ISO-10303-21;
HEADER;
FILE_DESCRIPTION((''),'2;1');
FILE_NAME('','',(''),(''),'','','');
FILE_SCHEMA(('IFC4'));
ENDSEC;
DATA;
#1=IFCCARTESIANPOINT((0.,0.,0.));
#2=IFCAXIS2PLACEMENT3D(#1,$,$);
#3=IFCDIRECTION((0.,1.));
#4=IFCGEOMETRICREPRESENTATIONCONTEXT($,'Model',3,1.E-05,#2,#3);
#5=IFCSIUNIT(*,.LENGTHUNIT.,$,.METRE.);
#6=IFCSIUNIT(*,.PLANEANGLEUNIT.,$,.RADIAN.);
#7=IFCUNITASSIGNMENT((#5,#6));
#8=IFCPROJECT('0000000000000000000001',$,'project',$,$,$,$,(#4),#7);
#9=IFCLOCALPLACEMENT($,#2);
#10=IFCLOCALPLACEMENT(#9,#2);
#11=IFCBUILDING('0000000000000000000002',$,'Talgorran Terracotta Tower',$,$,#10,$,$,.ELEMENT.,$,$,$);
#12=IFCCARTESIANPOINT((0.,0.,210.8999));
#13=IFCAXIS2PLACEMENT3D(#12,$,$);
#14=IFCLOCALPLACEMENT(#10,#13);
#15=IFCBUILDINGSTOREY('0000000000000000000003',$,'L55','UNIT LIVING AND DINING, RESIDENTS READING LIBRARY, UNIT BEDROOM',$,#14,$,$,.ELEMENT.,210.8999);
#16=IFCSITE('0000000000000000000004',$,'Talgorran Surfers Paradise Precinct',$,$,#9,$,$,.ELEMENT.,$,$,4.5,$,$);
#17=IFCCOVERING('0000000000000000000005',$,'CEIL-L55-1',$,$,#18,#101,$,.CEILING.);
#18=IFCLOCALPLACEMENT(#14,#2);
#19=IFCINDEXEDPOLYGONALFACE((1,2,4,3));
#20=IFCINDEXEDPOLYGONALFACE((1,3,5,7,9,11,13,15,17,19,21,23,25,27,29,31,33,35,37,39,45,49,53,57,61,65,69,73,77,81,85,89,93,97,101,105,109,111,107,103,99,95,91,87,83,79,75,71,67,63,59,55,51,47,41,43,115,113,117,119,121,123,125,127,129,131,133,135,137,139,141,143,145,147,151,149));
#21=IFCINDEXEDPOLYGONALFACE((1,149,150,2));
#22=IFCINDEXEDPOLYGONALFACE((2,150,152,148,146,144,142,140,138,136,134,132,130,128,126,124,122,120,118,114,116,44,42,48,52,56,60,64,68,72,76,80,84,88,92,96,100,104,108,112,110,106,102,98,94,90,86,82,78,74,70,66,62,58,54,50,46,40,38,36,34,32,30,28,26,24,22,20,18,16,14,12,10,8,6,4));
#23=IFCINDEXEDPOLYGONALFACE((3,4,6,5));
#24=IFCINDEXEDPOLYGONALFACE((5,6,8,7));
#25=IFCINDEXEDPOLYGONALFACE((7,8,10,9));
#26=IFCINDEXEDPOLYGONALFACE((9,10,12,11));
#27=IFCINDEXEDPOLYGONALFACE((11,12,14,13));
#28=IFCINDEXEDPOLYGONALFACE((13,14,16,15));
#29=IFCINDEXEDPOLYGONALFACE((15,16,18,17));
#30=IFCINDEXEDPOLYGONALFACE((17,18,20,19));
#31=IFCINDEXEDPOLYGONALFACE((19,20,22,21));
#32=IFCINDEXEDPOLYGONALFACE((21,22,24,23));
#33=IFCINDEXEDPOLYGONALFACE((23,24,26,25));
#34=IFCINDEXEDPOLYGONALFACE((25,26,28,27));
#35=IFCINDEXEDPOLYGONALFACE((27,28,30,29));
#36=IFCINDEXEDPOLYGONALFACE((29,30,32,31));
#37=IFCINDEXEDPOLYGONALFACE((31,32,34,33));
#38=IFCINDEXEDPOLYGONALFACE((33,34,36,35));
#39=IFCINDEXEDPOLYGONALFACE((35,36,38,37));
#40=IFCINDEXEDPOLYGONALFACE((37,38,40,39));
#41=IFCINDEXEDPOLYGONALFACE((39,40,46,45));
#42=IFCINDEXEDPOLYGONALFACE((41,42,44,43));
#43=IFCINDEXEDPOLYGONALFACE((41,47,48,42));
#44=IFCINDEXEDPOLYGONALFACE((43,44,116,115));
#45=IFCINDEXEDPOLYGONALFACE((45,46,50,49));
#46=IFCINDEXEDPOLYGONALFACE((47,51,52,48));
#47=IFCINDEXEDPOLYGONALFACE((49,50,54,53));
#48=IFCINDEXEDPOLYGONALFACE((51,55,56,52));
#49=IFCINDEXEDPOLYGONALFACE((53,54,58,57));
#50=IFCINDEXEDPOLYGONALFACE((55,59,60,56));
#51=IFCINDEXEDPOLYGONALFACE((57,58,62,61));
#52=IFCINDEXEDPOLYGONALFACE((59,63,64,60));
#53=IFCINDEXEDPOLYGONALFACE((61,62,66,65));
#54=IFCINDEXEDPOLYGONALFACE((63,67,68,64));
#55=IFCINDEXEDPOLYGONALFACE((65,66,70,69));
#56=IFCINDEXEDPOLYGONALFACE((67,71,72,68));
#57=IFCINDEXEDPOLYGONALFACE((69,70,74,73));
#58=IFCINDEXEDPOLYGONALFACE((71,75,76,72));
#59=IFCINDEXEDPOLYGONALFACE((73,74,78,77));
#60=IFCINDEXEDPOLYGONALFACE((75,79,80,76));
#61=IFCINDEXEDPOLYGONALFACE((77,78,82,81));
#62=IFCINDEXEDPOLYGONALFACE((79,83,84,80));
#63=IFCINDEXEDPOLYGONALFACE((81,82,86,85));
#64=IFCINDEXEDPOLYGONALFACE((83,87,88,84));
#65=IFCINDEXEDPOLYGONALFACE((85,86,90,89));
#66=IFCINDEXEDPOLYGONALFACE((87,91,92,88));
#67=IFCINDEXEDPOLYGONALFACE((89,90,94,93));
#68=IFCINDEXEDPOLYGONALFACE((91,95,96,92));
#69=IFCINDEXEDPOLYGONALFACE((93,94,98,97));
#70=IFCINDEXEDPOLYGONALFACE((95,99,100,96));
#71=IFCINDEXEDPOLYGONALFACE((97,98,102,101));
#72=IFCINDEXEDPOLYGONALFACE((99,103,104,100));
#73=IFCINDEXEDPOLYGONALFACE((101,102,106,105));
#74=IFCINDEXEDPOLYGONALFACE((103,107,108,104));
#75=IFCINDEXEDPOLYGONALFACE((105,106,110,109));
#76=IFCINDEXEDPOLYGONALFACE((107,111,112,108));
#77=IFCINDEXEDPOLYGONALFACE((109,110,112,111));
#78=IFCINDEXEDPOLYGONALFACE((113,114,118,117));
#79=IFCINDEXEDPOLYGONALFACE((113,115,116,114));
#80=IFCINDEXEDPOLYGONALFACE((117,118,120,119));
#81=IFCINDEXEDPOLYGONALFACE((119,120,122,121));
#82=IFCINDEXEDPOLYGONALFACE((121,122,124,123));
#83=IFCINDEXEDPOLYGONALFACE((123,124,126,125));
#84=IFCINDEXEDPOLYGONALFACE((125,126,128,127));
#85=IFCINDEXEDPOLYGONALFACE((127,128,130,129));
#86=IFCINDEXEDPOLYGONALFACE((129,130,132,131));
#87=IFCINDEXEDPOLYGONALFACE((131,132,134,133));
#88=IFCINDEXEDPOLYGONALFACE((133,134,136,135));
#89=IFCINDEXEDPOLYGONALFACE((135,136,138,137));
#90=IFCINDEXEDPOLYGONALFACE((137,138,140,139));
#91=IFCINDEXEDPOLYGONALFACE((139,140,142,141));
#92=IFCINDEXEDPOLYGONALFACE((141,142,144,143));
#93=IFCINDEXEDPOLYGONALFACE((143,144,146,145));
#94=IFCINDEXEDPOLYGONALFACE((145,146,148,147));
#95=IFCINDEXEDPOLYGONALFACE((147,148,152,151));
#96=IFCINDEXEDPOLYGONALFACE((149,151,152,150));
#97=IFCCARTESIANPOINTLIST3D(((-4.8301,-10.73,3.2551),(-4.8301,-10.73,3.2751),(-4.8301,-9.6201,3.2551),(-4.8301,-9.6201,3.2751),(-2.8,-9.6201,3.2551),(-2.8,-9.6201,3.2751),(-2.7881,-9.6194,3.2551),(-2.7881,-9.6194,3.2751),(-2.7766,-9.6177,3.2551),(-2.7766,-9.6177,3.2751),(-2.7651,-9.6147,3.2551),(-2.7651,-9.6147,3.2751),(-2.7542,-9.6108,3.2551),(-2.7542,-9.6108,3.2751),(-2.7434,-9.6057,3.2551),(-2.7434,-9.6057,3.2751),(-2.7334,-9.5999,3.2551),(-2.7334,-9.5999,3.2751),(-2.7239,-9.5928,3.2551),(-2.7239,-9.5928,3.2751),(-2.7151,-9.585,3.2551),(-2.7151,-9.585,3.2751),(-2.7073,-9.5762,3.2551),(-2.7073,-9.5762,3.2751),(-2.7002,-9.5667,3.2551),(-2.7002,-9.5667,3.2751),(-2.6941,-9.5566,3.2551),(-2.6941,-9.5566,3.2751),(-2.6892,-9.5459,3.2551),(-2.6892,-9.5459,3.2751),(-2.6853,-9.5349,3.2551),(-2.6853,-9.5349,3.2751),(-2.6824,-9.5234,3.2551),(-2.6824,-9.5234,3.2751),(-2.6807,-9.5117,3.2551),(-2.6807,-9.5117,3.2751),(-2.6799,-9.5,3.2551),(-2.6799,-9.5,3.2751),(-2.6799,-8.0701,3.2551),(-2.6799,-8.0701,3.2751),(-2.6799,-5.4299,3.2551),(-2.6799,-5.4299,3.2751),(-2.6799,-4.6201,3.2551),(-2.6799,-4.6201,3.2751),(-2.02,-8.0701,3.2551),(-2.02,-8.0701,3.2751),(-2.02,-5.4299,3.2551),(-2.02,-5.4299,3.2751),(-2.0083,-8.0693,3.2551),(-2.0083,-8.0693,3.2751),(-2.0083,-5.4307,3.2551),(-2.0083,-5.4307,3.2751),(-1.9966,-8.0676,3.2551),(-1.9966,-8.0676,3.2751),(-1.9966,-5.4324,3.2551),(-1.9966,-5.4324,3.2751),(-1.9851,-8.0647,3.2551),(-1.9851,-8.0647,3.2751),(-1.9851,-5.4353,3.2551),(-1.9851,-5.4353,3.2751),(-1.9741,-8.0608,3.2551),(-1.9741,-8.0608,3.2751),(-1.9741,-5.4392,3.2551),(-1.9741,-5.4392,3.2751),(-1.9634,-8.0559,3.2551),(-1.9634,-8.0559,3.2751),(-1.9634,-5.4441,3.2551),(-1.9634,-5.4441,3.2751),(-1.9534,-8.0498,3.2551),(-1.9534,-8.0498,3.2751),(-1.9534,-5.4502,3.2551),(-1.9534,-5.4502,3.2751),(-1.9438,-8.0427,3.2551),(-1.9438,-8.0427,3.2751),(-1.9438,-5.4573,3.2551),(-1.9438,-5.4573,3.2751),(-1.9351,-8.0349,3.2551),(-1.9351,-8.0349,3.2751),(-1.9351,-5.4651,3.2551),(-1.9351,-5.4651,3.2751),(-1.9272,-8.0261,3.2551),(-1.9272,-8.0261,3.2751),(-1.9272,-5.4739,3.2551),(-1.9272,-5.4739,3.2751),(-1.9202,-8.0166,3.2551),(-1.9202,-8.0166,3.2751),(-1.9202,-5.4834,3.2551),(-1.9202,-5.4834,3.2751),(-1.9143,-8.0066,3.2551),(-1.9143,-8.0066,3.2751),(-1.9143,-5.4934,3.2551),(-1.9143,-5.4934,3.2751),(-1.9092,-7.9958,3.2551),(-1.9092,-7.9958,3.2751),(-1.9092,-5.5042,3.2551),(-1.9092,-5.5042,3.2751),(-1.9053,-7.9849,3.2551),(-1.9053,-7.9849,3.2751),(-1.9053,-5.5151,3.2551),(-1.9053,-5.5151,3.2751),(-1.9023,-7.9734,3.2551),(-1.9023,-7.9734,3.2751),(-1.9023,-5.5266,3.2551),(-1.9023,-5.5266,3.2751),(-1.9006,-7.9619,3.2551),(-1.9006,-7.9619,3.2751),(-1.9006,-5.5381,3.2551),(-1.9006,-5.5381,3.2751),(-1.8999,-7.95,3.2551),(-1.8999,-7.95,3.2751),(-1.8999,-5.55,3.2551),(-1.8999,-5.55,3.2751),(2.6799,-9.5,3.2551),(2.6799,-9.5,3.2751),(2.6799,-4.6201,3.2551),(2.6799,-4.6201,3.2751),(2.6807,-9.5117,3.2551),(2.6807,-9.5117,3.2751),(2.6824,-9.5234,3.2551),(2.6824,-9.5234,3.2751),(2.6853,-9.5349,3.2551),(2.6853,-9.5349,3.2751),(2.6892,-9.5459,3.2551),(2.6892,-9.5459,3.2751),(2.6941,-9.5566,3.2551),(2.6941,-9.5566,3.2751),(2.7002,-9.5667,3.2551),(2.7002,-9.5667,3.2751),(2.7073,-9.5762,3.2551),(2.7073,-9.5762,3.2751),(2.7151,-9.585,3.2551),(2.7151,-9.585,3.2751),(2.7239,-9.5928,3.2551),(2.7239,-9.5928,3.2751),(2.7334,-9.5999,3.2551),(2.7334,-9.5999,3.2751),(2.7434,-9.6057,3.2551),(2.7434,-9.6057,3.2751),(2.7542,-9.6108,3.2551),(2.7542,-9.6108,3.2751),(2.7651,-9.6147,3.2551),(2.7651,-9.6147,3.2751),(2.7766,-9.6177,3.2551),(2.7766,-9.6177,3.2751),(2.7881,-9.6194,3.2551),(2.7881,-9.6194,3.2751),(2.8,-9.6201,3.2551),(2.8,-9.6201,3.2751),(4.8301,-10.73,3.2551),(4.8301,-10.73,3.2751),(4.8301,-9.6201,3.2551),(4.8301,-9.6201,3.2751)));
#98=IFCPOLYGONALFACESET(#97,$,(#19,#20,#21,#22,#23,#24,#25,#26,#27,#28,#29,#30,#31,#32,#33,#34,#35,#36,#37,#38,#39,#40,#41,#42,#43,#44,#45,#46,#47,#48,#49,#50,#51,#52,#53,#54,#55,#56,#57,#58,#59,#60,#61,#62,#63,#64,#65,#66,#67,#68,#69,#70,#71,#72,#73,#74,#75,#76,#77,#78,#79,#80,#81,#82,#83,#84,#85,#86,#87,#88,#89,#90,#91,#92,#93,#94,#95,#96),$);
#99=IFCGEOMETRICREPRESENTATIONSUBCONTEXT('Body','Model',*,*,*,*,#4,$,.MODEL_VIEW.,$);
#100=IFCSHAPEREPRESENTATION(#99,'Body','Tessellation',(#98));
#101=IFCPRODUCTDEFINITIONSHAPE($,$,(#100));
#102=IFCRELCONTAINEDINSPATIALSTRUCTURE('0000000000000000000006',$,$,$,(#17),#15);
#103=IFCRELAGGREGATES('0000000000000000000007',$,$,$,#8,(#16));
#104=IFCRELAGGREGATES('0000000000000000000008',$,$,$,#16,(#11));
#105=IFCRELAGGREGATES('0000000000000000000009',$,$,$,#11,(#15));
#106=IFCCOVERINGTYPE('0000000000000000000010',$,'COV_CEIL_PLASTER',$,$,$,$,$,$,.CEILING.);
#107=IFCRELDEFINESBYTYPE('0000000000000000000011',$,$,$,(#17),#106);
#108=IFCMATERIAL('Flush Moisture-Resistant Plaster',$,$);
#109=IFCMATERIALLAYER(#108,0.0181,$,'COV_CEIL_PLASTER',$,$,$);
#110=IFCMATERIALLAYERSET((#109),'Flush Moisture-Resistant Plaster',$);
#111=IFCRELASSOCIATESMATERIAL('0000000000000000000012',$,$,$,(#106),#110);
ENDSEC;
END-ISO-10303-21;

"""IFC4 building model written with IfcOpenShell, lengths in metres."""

from ifc_helpers import new_model, si_unit, direction, frame, origin, place, context, subcontext, project, spatial, polyline, outline, extrude, material, layer, layer_set, type_object, element, save


model = new_model("IFC4")

# Units and contexts
model_context = context("Model", 3, precision=1e-05, world=origin(), true_north=direction((0.0, 1.0)))
body_context = subcontext(model_context, "Body", "Model", "MODEL_VIEW")
ifc_project = project(units=[si_unit("LENGTHUNIT", "METRE"), si_unit("PLANEANGLEUNIT", "RADIAN")], contexts=[model_context])

# Site, building, storey
site_placement = place(None, origin())
site = spatial("IfcSite", under=ifc_project, at=site_placement, Name="Talgorran Surfers Paradise Precinct", CompositionType="ELEMENT", RefElevation=4.5)
building_placement = place(site_placement, origin())
building = spatial("IfcBuilding", under=site, at=building_placement, Name="Talgorran Terracotta Tower", CompositionType="ELEMENT")
storey_placement = place(building_placement, frame((0.0, 0.0, 210.8999)))
storey = spatial("IfcBuildingStorey", under=building, at=storey_placement, Name="L55", Description="UNIT LIVING AND DINING, RESIDENTS READING LIBRARY, UNIT BEDROOM", CompositionType="ELEMENT", Elevation=210.8999)

# Covering
ifc_material_1 = material(Name="Flush Moisture-Resistant Plaster")
ifc_layer_1 = layer(ifc_material_1, 0.0181, Name="COV_CEIL_PLASTER")
ifc_layer_set_1 = layer_set([ifc_layer_1], Name="Flush Moisture-Resistant Plaster")
covering_type_1 = type_object("IfcCoveringType", Name="COV_CEIL_PLASTER", PredefinedType="CEILING", material=ifc_layer_set_1)
covering_1_placement = place(storey_placement, frame((0.0, 0.0, 3.2551)))
element("IfcCovering", 1, at=covering_1_placement, inside=storey, type_object=covering_type_1, Name="CEIL-L55-1", PredefinedType="CEILING", context=body_context, shape_type="SweptSolid", body=[
    extrude(outline(polyline([(2.6799, -4.6201), (2.6799, -9.5), (2.6807, -9.5117), (2.6824, -9.5234), (2.6853, -9.5349), (2.6892, -9.5459), (2.6941, -9.5566), (2.7002, -9.5667), (2.7073, -9.5762), (2.7151, -9.585), (2.7239, -9.5928), (2.7334, -9.5999), (2.7434, -9.6057), (2.7542, -9.6108), (2.7651, -9.6147), (2.7766, -9.6177), (2.7881, -9.6194), (2.8, -9.6201), (4.8301, -9.6201), (4.8301, -10.73), (-4.8301, -10.73), (-4.8301, -9.6201), (-2.8, -9.6201), (-2.7881, -9.6194), (-2.7766, -9.6177), (-2.7651, -9.6147), (-2.7542, -9.6108), (-2.7434, -9.6057), (-2.7334, -9.5999), (-2.7239, -9.5928), (-2.7151, -9.585), (-2.7073, -9.5762), (-2.7002, -9.5667), (-2.6941, -9.5566), (-2.6892, -9.5459), (-2.6853, -9.5349), (-2.6824, -9.5234), (-2.6807, -9.5117), (-2.6799, -9.5), (-2.6799, -8.0701), (-2.02, -8.0701), (-2.0083, -8.0693), (-1.9966, -8.0676), (-1.9851, -8.0647), (-1.9741, -8.0608), (-1.9634, -8.0559), (-1.9534, -8.0498), (-1.9438, -8.0427), (-1.9351, -8.0349), (-1.9272, -8.0261), (-1.9202, -8.0166), (-1.9143, -8.0066), (-1.9092, -7.9958), (-1.9053, -7.9849), (-1.9023, -7.9734), (-1.9006, -7.9619), (-1.8999, -7.95), (-1.8999, -5.55), (-1.9006, -5.5381), (-1.9023, -5.5266), (-1.9053, -5.5151), (-1.9092, -5.5042), (-1.9143, -5.4934), (-1.9202, -5.4834), (-1.9272, -5.4739), (-1.9351, -5.4651), (-1.9438, -5.4573), (-1.9534, -5.4502), (-1.9634, -5.4441), (-1.9741, -5.4392), (-1.9851, -5.4353), (-1.9966, -5.4324), (-2.0083, -5.4307), (-2.02, -5.4299), (-2.6799, -5.4299), (-2.6799, -4.6201), (2.6799, -4.6201)])), origin(), (0.0, 0.0, 1.0), 0.02),
])

save(model, "model.ifc")
